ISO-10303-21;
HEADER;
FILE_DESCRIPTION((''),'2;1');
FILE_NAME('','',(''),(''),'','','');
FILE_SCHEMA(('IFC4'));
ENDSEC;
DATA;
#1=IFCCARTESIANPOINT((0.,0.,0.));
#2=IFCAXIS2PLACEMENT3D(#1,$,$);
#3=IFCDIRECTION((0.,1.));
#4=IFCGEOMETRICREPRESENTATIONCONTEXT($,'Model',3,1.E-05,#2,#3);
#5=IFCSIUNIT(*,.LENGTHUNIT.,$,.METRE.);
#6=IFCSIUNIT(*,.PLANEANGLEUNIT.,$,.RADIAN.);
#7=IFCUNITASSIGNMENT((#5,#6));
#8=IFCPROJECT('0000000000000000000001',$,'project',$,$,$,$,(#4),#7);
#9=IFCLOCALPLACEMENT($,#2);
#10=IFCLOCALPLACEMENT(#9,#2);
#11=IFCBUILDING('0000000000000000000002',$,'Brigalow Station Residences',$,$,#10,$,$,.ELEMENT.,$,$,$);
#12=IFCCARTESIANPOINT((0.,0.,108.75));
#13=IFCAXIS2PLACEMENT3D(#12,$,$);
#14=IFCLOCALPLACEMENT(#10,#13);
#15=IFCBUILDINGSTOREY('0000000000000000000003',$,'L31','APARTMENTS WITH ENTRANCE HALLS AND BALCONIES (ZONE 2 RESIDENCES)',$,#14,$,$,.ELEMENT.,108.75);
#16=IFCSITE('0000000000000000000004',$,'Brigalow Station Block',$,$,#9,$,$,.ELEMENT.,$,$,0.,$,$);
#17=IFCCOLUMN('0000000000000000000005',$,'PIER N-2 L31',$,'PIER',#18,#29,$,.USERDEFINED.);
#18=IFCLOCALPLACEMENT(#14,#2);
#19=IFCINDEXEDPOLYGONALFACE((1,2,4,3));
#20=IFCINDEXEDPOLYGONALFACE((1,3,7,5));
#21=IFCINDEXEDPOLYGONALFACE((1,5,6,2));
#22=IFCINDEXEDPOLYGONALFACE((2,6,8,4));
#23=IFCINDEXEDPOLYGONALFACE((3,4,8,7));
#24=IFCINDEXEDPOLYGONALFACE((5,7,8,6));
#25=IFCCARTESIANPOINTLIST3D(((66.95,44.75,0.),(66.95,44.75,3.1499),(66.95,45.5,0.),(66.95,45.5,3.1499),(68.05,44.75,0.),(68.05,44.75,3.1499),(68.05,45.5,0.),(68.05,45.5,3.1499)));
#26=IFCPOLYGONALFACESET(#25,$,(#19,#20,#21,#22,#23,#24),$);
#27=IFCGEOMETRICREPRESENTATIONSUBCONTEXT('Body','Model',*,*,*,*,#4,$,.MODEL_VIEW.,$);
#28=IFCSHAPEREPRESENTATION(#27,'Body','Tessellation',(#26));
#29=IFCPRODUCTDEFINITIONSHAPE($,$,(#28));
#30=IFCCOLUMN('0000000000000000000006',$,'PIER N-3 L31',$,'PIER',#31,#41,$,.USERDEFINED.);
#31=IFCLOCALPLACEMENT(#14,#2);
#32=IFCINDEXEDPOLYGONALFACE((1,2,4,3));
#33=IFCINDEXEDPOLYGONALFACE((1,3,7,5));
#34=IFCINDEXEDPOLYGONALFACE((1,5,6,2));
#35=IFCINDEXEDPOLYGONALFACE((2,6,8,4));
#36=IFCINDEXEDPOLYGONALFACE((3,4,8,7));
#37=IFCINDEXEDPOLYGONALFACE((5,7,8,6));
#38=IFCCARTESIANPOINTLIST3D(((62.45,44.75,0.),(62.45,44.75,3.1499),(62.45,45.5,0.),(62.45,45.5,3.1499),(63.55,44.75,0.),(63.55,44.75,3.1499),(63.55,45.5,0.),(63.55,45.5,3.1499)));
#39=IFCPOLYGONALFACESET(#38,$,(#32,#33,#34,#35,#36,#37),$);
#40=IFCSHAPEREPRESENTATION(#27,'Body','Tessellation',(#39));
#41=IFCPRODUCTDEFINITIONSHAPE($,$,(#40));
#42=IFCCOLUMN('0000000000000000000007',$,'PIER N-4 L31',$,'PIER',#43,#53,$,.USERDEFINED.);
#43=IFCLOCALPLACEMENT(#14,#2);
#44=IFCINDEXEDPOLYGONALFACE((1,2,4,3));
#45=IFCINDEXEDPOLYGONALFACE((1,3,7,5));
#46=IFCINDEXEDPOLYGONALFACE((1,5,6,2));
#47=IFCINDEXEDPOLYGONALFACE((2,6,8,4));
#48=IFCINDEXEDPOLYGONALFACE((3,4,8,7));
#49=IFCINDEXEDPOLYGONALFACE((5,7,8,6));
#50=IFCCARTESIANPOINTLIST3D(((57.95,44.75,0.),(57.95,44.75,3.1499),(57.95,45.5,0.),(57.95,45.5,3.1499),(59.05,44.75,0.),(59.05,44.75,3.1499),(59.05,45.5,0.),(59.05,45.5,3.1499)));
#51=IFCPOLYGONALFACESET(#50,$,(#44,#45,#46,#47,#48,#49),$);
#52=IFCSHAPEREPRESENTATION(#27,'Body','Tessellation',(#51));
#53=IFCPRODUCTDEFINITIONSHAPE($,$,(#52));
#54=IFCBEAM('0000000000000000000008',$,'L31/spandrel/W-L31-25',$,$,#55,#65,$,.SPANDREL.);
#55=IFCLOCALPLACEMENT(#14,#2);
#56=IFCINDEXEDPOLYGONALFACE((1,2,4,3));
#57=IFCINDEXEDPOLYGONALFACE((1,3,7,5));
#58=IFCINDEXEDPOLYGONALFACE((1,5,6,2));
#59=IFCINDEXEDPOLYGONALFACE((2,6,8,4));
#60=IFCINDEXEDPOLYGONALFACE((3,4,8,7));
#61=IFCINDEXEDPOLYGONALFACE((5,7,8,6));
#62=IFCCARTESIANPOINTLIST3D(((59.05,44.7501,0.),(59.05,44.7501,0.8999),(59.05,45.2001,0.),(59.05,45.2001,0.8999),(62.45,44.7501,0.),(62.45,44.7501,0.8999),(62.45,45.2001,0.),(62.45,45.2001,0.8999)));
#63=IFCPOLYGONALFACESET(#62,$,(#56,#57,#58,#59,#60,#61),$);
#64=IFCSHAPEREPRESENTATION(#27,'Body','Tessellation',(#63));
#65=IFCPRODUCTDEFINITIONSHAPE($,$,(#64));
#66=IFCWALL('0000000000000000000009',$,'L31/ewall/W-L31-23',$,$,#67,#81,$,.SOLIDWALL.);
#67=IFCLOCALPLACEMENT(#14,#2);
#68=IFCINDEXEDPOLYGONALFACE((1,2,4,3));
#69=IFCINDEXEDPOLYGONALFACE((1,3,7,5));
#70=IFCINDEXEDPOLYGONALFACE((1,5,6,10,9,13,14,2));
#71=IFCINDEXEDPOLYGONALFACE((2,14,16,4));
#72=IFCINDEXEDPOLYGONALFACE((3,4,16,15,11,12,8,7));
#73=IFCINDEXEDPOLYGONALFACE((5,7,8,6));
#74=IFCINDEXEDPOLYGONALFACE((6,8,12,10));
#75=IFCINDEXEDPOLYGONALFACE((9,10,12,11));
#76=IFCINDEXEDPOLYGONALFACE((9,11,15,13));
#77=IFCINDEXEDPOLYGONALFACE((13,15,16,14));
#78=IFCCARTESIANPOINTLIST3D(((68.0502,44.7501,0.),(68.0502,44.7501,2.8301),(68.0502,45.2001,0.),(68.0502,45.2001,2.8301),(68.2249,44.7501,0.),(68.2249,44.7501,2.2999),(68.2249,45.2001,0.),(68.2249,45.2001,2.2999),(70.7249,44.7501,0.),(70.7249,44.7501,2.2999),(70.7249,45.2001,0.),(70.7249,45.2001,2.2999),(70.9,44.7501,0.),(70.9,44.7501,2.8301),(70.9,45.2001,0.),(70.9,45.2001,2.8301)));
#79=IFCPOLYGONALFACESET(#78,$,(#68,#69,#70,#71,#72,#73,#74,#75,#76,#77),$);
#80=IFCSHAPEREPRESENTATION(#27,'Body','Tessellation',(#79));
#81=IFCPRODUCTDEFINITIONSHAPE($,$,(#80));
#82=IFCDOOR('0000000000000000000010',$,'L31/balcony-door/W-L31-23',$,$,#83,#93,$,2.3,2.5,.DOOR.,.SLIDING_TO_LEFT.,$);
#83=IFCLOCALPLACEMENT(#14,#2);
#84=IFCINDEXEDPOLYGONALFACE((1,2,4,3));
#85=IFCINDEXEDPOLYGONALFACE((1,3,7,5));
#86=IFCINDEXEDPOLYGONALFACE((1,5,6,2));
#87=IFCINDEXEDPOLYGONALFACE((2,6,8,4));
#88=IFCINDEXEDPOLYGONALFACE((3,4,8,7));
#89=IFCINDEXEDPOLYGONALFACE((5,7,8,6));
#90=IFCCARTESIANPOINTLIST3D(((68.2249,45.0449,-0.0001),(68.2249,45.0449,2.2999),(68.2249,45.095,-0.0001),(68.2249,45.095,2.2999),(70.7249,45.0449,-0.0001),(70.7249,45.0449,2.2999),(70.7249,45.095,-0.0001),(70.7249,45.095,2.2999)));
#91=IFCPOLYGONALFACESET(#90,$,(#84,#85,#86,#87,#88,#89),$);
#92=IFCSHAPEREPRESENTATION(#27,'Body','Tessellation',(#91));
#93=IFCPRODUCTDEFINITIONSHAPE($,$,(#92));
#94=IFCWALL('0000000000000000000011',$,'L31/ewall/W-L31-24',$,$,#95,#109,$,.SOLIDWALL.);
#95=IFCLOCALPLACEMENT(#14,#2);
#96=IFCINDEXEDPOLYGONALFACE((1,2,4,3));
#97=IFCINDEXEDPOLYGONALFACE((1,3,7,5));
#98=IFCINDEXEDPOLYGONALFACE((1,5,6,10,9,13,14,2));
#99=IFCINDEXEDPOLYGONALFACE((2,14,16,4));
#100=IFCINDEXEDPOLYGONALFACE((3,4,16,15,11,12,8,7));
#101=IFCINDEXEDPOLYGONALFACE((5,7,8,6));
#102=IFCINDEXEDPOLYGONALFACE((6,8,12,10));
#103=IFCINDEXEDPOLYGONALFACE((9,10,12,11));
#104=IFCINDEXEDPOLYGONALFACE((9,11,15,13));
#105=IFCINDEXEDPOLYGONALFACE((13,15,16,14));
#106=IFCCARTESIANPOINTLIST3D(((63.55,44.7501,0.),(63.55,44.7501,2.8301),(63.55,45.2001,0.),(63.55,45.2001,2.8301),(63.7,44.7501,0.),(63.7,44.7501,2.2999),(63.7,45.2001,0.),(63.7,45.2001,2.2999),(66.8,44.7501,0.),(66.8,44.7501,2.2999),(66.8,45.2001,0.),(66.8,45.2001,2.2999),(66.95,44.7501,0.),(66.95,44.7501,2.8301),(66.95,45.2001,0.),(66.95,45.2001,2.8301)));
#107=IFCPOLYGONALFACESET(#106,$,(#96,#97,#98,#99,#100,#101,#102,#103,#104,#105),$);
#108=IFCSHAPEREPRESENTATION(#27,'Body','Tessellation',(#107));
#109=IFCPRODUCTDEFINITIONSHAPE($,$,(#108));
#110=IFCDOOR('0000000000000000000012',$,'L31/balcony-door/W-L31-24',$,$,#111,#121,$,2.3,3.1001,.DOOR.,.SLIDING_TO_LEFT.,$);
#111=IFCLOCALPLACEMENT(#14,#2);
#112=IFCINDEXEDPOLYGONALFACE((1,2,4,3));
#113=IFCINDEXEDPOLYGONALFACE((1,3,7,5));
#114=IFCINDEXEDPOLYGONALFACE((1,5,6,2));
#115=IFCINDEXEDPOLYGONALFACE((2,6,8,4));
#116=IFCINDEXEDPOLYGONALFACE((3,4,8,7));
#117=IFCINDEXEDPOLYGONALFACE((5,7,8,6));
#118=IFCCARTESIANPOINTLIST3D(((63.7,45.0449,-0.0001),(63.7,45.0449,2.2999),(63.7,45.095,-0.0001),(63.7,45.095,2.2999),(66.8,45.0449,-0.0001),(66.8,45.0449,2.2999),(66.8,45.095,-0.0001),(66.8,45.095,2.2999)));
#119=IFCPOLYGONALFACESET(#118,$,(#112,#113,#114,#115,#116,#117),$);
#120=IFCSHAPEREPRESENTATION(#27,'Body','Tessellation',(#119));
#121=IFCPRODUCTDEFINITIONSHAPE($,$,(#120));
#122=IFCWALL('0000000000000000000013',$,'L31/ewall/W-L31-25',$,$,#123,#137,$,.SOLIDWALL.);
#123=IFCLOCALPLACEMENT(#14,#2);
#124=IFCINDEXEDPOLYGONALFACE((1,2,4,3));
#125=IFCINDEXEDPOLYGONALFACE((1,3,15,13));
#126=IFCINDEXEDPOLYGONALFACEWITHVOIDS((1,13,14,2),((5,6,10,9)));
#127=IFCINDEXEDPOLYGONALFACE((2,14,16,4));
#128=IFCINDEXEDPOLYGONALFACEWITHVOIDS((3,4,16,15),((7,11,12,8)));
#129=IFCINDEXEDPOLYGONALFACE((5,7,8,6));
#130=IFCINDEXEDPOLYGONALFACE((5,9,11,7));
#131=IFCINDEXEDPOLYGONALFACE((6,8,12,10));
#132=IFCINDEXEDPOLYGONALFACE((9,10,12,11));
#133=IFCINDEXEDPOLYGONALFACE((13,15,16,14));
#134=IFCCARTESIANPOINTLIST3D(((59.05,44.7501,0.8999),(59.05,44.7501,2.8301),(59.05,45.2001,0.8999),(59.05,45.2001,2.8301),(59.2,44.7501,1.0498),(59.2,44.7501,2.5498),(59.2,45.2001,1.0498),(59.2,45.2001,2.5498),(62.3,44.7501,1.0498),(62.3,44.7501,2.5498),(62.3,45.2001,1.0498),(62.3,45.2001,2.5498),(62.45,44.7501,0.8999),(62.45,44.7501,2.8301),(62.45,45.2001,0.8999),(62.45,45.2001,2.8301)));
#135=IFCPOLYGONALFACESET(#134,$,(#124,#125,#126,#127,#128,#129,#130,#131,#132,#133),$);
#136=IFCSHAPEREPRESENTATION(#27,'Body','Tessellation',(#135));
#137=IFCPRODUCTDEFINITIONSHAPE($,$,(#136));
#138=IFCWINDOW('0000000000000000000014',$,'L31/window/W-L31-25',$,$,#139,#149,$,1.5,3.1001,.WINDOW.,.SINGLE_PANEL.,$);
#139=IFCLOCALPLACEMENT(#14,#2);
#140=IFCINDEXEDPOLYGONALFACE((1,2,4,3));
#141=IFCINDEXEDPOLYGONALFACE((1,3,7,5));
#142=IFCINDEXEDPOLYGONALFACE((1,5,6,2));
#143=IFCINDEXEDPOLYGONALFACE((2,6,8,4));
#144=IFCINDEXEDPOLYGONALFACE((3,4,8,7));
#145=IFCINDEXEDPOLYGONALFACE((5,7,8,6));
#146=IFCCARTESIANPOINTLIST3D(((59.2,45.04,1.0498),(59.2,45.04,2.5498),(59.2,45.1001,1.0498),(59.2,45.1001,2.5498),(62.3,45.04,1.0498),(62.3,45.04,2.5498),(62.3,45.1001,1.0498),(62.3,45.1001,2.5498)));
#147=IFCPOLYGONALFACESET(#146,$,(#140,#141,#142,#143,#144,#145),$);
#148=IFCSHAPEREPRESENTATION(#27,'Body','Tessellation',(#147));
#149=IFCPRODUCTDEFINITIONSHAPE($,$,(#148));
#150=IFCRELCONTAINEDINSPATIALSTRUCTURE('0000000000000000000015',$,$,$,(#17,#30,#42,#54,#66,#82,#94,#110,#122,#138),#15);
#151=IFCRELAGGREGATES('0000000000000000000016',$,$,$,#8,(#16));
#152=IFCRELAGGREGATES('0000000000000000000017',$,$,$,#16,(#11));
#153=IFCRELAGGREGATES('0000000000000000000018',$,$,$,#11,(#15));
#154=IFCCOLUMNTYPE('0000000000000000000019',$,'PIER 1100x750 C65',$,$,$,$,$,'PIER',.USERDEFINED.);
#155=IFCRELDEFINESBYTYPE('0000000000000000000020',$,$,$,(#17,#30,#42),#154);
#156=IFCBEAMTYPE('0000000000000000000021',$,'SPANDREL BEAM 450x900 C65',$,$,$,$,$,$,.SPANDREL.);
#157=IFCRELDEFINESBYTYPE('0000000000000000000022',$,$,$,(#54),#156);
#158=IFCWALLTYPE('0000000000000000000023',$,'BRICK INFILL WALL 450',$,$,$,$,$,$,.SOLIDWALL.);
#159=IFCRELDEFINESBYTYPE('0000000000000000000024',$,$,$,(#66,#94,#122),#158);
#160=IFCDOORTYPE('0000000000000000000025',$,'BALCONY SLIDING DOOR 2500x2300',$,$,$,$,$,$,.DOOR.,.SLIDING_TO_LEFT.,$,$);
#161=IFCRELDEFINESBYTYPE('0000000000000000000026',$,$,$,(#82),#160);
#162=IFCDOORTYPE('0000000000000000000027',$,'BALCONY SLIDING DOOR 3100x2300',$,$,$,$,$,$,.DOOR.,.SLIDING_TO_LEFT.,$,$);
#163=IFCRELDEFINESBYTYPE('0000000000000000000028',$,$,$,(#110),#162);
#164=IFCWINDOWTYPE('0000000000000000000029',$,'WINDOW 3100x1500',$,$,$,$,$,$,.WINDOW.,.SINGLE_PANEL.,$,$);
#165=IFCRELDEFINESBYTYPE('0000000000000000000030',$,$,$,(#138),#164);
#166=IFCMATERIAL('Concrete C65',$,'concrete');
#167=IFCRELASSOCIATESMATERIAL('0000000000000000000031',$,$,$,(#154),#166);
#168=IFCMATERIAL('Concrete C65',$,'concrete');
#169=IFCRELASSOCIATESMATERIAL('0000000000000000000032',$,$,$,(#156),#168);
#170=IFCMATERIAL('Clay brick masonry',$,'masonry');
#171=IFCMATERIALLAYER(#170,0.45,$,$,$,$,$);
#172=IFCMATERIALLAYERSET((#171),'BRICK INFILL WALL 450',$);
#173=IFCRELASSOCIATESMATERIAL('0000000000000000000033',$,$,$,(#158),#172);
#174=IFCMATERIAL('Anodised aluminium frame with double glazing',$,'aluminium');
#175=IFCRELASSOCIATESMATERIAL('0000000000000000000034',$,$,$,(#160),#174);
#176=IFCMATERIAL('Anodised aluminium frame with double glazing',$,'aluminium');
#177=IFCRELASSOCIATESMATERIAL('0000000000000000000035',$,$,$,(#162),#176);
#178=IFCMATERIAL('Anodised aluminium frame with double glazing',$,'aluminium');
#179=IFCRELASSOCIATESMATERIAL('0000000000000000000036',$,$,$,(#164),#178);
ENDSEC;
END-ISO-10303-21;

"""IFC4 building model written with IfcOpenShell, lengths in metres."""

from ifc_helpers import new_model, si_unit, direction, frame, frame_2d, origin, origin_2d, place, context, subcontext, project, spatial, rectangle, extrude, material, layer, layer_set, material_profile, profile_set, type_object, element, fill, save


model = new_model("IFC4")

# Units and contexts
model_context = context("Model", 3, precision=1e-05, world=origin(), true_north=direction((0.0, 1.0)))
body_context = subcontext(model_context, "Body", "Model", "MODEL_VIEW")
ifc_project = project(units=[si_unit("LENGTHUNIT", "METRE"), si_unit("PLANEANGLEUNIT", "RADIAN")], contexts=[model_context])

# Site, building, storey
site_placement = place(None, origin())
site = spatial("IfcSite", under=ifc_project, at=site_placement, Name="Brigalow Station Block", CompositionType="ELEMENT", RefElevation=0.0)
building_placement = place(site_placement, origin())
building = spatial("IfcBuilding", under=site, at=building_placement, Name="Brigalow Station Residences", CompositionType="ELEMENT")
storey_placement = place(building_placement, frame((0.0, 0.0, 108.75)))
storey = spatial("IfcBuildingStorey", under=building, at=storey_placement, Name="L31", Description="APARTMENTS WITH ENTRANCE HALLS AND BALCONIES (ZONE 2 RESIDENCES)", CompositionType="ELEMENT", Elevation=108.75)

# Columns
ifc_material_1 = material(Name="Concrete C65", Category="concrete")
ifc_material_profile_1 = material_profile(ifc_material_1, rectangle(XDim=1.1001, YDim=0.75, at=origin_2d()), Name="RC1100x750")
ifc_profile_set_1 = profile_set([ifc_material_profile_1], Name="Concrete C65")
column_type = type_object("IfcColumnType", Name="PIER 1100x750 C65", ElementType="PIER", PredefinedType="USERDEFINED", material=ifc_profile_set_1)
for number, where, z_axis, x_axis, name in (
    (1, (67.5, 45.125, 0.0), (0.0, 0.0, 1.0), (-1.0, 0.0, 0.0), "PIER N-2 L31"),
    (2, (63.0, 45.125, 0.0), (0.0, 0.0, 1.0), (-1.0, 0.0, 0.0), "PIER N-3 L31"),
    (3, (58.5, 45.125, 0.0), (0.0, 0.0, 1.0), (-1.0, 0.0, 0.0), "PIER N-4 L31"),
):
    element("IfcColumn", number, at=place(storey_placement, frame(where, z_axis=z_axis, x_axis=x_axis)), inside=storey, type_object=column_type, Name=name, ObjectType="PIER", PredefinedType="USERDEFINED", context=body_context, shape_type="SweptSolid", body=[
        extrude(rectangle(XDim=1.1001, YDim=0.75, at=origin_2d()), origin(), (0.0, 0.0, 1.0), 3.1499),
    ])

# Beam
ifc_material_2 = material(Name="Concrete C65", Category="concrete")
ifc_material_profile_2 = material_profile(ifc_material_2, rectangle(XDim=0.45, YDim=0.8999, at=origin_2d()), Name="RC450x900")
ifc_profile_set_2 = profile_set([ifc_material_profile_2], Name="Concrete C65")
beam_type = type_object("IfcBeamType", Name="SPANDREL BEAM 450x900 C65", PredefinedType="SPANDREL", material=ifc_profile_set_2)
beam_placement = place(storey_placement, frame((62.45, 44.9751, 0.45), z_axis=(-1.0, 0.0, 0.0), x_axis=(0.0, -1.0, 0.0)))
element("IfcBeam", 4, at=beam_placement, inside=storey, type_object=beam_type, Name="L31/spandrel/W-L31-25", PredefinedType="SPANDREL", context=body_context, shape_type="SweptSolid", body=[
    extrude(rectangle(XDim=0.45, YDim=0.8999, at=origin_2d()), origin(), (0.0, 0.0, 1.0), 3.3999),
])

# Walls, openings, doors
ifc_material_3 = material(Name="Clay brick masonry", Category="masonry")
ifc_layer_1 = layer(ifc_material_3, 0.45)
ifc_layer_set_1 = layer_set([ifc_layer_1], Name="BRICK INFILL WALL 450")
wall_type_1 = type_object("IfcWallType", Name="BRICK INFILL WALL 450", PredefinedType="SOLIDWALL", material=ifc_layer_set_1)
wall_1_placement = place(storey_placement, frame((70.8999, 44.9751, 0.0), z_axis=(0.0, 0.0, 1.0), x_axis=(-1.0, 0.0, 0.0)))
wall_1 = element("IfcWall", 5, at=wall_1_placement, inside=storey, type_object=wall_type_1, Name="L31/ewall/W-L31-23", PredefinedType="SOLIDWALL", context=body_context, shape_type="SweptSolid", body=[
    extrude(rectangle(XDim=2.8499, YDim=0.45, at=frame_2d((1.4248, 0.0))), origin(), (0.0, 0.0, 1.0), 2.8301),
])
opening_1_placement = place(wall_1_placement, frame((0.175, 0.0, 0.0)))
opening_1 = element("IfcOpeningElement", 6, at=opening_1_placement, cuts=wall_1, PredefinedType="OPENING", context=body_context, shape_type="SweptSolid", body=[
    extrude(rectangle(XDim=2.5, YDim=2.3, at=frame_2d((1.25, 1.1499))), frame((0.0, 0.2349, 0.0), z_axis=(0.0, -1.0, 0.0), x_axis=(1.0, 0.0, 0.0)), (0.0, 0.0, 1.0), 0.47),
])
ifc_material_4 = material(Name="Anodised aluminium frame with double glazing", Category="aluminium")
door_type_1 = type_object("IfcDoorType", Name="BALCONY SLIDING DOOR 2500x2300", OperationType="SLIDING_TO_LEFT", PredefinedType="DOOR", material=ifc_material_4)
door_1_placement = place(opening_1_placement, origin())
door_1 = element("IfcDoor", 7, at=door_1_placement, inside=storey, type_object=door_type_1, Name="L31/balcony-door/W-L31-23", OperationType="SLIDING_TO_LEFT", OverallHeight=2.3, OverallWidth=2.5, PredefinedType="DOOR", context=body_context, shape_type="SweptSolid", body=[
    extrude(rectangle(XDim=2.5, YDim=2.3, at=frame_2d((1.25, 1.1499))), frame((0.0, -0.0698, 0.0), z_axis=(0.0, -1.0, 0.0), x_axis=(1.0, 0.0, 0.0)), (0.0, 0.0, 1.0), 0.05),
])
fill(opening_1, door_1)
wall_2_placement = place(storey_placement, frame((66.95, 44.9751, 0.0), z_axis=(0.0, 0.0, 1.0), x_axis=(-1.0, 0.0, 0.0)))
wall_2 = element("IfcWall", 8, at=wall_2_placement, inside=storey, type_object=wall_type_1, Name="L31/ewall/W-L31-24", PredefinedType="SOLIDWALL", context=body_context, shape_type="SweptSolid", body=[
    extrude(rectangle(XDim=3.3999, YDim=0.45, at=frame_2d((1.7, 0.0))), origin(), (0.0, 0.0, 1.0), 2.8301),
])
opening_2_placement = place(wall_2_placement, frame((0.1499, 0.0, 0.0)))
opening_2 = element("IfcOpeningElement", 9, at=opening_2_placement, cuts=wall_2, PredefinedType="OPENING", context=body_context, shape_type="SweptSolid", body=[
    extrude(rectangle(XDim=3.1001, YDim=2.3, at=frame_2d((1.55, 1.1499))), frame((0.0, 0.2349, 0.0), z_axis=(0.0, -1.0, 0.0), x_axis=(1.0, 0.0, 0.0)), (0.0, 0.0, 1.0), 0.47),
])
ifc_material_5 = material(Name="Anodised aluminium frame with double glazing", Category="aluminium")
door_type_2 = type_object("IfcDoorType", Name="BALCONY SLIDING DOOR 3100x2300", OperationType="SLIDING_TO_LEFT", PredefinedType="DOOR", material=ifc_material_5)
door_2_placement = place(opening_2_placement, origin())
door_2 = element("IfcDoor", 10, at=door_2_placement, inside=storey, type_object=door_type_2, Name="L31/balcony-door/W-L31-24", OperationType="SLIDING_TO_LEFT", OverallHeight=2.3, OverallWidth=3.1001, PredefinedType="DOOR", context=body_context, shape_type="SweptSolid", body=[
    extrude(rectangle(XDim=3.1001, YDim=2.3, at=frame_2d((1.55, 1.1499))), frame((0.0, -0.0698, 0.0), z_axis=(0.0, -1.0, 0.0), x_axis=(1.0, 0.0, 0.0)), (0.0, 0.0, 1.0), 0.05),
])
fill(opening_2, door_2)

# Wall, opening, window
wall_3_placement = place(storey_placement, frame((62.45, 44.9751, 0.8999), z_axis=(0.0, 0.0, 1.0), x_axis=(-1.0, 0.0, 0.0)))
wall_3 = element("IfcWall", 11, at=wall_3_placement, inside=storey, type_object=wall_type_1, Name="L31/ewall/W-L31-25", PredefinedType="SOLIDWALL", context=body_context, shape_type="SweptSolid", body=[
    extrude(rectangle(XDim=3.3999, YDim=0.45, at=frame_2d((1.7, 0.0))), origin(), (0.0, 0.0, 1.0), 1.9302),
])
opening_3_placement = place(wall_3_placement, frame((0.1499, 0.0, 0.1499)))
opening_3 = element("IfcOpeningElement", 12, at=opening_3_placement, cuts=wall_3, PredefinedType="OPENING", context=body_context, shape_type="SweptSolid", body=[
    extrude(rectangle(XDim=3.1001, YDim=1.5, at=frame_2d((1.55, 0.75))), frame((0.0, 0.2349, 0.0), z_axis=(0.0, -1.0, 0.0), x_axis=(1.0, 0.0, 0.0)), (0.0, 0.0, 1.0), 0.47),
])
ifc_material_6 = material(Name="Anodised aluminium frame with double glazing", Category="aluminium")
window_type = type_object("IfcWindowType", Name="WINDOW 3100x1500", PartitioningType="SINGLE_PANEL", PredefinedType="WINDOW", material=ifc_material_6)
window_placement = place(opening_3_placement, origin())
window = element("IfcWindow", 13, at=window_placement, inside=storey, type_object=window_type, Name="L31/window/W-L31-25", OverallHeight=1.5, OverallWidth=3.1001, PartitioningType="SINGLE_PANEL", PredefinedType="WINDOW", context=body_context, shape_type="SweptSolid", body=[
    extrude(rectangle(XDim=3.1001, YDim=1.5, at=frame_2d((1.55, 0.75))), frame((0.0, -0.0649, 0.0), z_axis=(0.0, -1.0, 0.0), x_axis=(1.0, 0.0, 0.0)), (0.0, 0.0, 1.0), 0.0601),
])
fill(opening_3, window)

save(model, "model.ifc")
